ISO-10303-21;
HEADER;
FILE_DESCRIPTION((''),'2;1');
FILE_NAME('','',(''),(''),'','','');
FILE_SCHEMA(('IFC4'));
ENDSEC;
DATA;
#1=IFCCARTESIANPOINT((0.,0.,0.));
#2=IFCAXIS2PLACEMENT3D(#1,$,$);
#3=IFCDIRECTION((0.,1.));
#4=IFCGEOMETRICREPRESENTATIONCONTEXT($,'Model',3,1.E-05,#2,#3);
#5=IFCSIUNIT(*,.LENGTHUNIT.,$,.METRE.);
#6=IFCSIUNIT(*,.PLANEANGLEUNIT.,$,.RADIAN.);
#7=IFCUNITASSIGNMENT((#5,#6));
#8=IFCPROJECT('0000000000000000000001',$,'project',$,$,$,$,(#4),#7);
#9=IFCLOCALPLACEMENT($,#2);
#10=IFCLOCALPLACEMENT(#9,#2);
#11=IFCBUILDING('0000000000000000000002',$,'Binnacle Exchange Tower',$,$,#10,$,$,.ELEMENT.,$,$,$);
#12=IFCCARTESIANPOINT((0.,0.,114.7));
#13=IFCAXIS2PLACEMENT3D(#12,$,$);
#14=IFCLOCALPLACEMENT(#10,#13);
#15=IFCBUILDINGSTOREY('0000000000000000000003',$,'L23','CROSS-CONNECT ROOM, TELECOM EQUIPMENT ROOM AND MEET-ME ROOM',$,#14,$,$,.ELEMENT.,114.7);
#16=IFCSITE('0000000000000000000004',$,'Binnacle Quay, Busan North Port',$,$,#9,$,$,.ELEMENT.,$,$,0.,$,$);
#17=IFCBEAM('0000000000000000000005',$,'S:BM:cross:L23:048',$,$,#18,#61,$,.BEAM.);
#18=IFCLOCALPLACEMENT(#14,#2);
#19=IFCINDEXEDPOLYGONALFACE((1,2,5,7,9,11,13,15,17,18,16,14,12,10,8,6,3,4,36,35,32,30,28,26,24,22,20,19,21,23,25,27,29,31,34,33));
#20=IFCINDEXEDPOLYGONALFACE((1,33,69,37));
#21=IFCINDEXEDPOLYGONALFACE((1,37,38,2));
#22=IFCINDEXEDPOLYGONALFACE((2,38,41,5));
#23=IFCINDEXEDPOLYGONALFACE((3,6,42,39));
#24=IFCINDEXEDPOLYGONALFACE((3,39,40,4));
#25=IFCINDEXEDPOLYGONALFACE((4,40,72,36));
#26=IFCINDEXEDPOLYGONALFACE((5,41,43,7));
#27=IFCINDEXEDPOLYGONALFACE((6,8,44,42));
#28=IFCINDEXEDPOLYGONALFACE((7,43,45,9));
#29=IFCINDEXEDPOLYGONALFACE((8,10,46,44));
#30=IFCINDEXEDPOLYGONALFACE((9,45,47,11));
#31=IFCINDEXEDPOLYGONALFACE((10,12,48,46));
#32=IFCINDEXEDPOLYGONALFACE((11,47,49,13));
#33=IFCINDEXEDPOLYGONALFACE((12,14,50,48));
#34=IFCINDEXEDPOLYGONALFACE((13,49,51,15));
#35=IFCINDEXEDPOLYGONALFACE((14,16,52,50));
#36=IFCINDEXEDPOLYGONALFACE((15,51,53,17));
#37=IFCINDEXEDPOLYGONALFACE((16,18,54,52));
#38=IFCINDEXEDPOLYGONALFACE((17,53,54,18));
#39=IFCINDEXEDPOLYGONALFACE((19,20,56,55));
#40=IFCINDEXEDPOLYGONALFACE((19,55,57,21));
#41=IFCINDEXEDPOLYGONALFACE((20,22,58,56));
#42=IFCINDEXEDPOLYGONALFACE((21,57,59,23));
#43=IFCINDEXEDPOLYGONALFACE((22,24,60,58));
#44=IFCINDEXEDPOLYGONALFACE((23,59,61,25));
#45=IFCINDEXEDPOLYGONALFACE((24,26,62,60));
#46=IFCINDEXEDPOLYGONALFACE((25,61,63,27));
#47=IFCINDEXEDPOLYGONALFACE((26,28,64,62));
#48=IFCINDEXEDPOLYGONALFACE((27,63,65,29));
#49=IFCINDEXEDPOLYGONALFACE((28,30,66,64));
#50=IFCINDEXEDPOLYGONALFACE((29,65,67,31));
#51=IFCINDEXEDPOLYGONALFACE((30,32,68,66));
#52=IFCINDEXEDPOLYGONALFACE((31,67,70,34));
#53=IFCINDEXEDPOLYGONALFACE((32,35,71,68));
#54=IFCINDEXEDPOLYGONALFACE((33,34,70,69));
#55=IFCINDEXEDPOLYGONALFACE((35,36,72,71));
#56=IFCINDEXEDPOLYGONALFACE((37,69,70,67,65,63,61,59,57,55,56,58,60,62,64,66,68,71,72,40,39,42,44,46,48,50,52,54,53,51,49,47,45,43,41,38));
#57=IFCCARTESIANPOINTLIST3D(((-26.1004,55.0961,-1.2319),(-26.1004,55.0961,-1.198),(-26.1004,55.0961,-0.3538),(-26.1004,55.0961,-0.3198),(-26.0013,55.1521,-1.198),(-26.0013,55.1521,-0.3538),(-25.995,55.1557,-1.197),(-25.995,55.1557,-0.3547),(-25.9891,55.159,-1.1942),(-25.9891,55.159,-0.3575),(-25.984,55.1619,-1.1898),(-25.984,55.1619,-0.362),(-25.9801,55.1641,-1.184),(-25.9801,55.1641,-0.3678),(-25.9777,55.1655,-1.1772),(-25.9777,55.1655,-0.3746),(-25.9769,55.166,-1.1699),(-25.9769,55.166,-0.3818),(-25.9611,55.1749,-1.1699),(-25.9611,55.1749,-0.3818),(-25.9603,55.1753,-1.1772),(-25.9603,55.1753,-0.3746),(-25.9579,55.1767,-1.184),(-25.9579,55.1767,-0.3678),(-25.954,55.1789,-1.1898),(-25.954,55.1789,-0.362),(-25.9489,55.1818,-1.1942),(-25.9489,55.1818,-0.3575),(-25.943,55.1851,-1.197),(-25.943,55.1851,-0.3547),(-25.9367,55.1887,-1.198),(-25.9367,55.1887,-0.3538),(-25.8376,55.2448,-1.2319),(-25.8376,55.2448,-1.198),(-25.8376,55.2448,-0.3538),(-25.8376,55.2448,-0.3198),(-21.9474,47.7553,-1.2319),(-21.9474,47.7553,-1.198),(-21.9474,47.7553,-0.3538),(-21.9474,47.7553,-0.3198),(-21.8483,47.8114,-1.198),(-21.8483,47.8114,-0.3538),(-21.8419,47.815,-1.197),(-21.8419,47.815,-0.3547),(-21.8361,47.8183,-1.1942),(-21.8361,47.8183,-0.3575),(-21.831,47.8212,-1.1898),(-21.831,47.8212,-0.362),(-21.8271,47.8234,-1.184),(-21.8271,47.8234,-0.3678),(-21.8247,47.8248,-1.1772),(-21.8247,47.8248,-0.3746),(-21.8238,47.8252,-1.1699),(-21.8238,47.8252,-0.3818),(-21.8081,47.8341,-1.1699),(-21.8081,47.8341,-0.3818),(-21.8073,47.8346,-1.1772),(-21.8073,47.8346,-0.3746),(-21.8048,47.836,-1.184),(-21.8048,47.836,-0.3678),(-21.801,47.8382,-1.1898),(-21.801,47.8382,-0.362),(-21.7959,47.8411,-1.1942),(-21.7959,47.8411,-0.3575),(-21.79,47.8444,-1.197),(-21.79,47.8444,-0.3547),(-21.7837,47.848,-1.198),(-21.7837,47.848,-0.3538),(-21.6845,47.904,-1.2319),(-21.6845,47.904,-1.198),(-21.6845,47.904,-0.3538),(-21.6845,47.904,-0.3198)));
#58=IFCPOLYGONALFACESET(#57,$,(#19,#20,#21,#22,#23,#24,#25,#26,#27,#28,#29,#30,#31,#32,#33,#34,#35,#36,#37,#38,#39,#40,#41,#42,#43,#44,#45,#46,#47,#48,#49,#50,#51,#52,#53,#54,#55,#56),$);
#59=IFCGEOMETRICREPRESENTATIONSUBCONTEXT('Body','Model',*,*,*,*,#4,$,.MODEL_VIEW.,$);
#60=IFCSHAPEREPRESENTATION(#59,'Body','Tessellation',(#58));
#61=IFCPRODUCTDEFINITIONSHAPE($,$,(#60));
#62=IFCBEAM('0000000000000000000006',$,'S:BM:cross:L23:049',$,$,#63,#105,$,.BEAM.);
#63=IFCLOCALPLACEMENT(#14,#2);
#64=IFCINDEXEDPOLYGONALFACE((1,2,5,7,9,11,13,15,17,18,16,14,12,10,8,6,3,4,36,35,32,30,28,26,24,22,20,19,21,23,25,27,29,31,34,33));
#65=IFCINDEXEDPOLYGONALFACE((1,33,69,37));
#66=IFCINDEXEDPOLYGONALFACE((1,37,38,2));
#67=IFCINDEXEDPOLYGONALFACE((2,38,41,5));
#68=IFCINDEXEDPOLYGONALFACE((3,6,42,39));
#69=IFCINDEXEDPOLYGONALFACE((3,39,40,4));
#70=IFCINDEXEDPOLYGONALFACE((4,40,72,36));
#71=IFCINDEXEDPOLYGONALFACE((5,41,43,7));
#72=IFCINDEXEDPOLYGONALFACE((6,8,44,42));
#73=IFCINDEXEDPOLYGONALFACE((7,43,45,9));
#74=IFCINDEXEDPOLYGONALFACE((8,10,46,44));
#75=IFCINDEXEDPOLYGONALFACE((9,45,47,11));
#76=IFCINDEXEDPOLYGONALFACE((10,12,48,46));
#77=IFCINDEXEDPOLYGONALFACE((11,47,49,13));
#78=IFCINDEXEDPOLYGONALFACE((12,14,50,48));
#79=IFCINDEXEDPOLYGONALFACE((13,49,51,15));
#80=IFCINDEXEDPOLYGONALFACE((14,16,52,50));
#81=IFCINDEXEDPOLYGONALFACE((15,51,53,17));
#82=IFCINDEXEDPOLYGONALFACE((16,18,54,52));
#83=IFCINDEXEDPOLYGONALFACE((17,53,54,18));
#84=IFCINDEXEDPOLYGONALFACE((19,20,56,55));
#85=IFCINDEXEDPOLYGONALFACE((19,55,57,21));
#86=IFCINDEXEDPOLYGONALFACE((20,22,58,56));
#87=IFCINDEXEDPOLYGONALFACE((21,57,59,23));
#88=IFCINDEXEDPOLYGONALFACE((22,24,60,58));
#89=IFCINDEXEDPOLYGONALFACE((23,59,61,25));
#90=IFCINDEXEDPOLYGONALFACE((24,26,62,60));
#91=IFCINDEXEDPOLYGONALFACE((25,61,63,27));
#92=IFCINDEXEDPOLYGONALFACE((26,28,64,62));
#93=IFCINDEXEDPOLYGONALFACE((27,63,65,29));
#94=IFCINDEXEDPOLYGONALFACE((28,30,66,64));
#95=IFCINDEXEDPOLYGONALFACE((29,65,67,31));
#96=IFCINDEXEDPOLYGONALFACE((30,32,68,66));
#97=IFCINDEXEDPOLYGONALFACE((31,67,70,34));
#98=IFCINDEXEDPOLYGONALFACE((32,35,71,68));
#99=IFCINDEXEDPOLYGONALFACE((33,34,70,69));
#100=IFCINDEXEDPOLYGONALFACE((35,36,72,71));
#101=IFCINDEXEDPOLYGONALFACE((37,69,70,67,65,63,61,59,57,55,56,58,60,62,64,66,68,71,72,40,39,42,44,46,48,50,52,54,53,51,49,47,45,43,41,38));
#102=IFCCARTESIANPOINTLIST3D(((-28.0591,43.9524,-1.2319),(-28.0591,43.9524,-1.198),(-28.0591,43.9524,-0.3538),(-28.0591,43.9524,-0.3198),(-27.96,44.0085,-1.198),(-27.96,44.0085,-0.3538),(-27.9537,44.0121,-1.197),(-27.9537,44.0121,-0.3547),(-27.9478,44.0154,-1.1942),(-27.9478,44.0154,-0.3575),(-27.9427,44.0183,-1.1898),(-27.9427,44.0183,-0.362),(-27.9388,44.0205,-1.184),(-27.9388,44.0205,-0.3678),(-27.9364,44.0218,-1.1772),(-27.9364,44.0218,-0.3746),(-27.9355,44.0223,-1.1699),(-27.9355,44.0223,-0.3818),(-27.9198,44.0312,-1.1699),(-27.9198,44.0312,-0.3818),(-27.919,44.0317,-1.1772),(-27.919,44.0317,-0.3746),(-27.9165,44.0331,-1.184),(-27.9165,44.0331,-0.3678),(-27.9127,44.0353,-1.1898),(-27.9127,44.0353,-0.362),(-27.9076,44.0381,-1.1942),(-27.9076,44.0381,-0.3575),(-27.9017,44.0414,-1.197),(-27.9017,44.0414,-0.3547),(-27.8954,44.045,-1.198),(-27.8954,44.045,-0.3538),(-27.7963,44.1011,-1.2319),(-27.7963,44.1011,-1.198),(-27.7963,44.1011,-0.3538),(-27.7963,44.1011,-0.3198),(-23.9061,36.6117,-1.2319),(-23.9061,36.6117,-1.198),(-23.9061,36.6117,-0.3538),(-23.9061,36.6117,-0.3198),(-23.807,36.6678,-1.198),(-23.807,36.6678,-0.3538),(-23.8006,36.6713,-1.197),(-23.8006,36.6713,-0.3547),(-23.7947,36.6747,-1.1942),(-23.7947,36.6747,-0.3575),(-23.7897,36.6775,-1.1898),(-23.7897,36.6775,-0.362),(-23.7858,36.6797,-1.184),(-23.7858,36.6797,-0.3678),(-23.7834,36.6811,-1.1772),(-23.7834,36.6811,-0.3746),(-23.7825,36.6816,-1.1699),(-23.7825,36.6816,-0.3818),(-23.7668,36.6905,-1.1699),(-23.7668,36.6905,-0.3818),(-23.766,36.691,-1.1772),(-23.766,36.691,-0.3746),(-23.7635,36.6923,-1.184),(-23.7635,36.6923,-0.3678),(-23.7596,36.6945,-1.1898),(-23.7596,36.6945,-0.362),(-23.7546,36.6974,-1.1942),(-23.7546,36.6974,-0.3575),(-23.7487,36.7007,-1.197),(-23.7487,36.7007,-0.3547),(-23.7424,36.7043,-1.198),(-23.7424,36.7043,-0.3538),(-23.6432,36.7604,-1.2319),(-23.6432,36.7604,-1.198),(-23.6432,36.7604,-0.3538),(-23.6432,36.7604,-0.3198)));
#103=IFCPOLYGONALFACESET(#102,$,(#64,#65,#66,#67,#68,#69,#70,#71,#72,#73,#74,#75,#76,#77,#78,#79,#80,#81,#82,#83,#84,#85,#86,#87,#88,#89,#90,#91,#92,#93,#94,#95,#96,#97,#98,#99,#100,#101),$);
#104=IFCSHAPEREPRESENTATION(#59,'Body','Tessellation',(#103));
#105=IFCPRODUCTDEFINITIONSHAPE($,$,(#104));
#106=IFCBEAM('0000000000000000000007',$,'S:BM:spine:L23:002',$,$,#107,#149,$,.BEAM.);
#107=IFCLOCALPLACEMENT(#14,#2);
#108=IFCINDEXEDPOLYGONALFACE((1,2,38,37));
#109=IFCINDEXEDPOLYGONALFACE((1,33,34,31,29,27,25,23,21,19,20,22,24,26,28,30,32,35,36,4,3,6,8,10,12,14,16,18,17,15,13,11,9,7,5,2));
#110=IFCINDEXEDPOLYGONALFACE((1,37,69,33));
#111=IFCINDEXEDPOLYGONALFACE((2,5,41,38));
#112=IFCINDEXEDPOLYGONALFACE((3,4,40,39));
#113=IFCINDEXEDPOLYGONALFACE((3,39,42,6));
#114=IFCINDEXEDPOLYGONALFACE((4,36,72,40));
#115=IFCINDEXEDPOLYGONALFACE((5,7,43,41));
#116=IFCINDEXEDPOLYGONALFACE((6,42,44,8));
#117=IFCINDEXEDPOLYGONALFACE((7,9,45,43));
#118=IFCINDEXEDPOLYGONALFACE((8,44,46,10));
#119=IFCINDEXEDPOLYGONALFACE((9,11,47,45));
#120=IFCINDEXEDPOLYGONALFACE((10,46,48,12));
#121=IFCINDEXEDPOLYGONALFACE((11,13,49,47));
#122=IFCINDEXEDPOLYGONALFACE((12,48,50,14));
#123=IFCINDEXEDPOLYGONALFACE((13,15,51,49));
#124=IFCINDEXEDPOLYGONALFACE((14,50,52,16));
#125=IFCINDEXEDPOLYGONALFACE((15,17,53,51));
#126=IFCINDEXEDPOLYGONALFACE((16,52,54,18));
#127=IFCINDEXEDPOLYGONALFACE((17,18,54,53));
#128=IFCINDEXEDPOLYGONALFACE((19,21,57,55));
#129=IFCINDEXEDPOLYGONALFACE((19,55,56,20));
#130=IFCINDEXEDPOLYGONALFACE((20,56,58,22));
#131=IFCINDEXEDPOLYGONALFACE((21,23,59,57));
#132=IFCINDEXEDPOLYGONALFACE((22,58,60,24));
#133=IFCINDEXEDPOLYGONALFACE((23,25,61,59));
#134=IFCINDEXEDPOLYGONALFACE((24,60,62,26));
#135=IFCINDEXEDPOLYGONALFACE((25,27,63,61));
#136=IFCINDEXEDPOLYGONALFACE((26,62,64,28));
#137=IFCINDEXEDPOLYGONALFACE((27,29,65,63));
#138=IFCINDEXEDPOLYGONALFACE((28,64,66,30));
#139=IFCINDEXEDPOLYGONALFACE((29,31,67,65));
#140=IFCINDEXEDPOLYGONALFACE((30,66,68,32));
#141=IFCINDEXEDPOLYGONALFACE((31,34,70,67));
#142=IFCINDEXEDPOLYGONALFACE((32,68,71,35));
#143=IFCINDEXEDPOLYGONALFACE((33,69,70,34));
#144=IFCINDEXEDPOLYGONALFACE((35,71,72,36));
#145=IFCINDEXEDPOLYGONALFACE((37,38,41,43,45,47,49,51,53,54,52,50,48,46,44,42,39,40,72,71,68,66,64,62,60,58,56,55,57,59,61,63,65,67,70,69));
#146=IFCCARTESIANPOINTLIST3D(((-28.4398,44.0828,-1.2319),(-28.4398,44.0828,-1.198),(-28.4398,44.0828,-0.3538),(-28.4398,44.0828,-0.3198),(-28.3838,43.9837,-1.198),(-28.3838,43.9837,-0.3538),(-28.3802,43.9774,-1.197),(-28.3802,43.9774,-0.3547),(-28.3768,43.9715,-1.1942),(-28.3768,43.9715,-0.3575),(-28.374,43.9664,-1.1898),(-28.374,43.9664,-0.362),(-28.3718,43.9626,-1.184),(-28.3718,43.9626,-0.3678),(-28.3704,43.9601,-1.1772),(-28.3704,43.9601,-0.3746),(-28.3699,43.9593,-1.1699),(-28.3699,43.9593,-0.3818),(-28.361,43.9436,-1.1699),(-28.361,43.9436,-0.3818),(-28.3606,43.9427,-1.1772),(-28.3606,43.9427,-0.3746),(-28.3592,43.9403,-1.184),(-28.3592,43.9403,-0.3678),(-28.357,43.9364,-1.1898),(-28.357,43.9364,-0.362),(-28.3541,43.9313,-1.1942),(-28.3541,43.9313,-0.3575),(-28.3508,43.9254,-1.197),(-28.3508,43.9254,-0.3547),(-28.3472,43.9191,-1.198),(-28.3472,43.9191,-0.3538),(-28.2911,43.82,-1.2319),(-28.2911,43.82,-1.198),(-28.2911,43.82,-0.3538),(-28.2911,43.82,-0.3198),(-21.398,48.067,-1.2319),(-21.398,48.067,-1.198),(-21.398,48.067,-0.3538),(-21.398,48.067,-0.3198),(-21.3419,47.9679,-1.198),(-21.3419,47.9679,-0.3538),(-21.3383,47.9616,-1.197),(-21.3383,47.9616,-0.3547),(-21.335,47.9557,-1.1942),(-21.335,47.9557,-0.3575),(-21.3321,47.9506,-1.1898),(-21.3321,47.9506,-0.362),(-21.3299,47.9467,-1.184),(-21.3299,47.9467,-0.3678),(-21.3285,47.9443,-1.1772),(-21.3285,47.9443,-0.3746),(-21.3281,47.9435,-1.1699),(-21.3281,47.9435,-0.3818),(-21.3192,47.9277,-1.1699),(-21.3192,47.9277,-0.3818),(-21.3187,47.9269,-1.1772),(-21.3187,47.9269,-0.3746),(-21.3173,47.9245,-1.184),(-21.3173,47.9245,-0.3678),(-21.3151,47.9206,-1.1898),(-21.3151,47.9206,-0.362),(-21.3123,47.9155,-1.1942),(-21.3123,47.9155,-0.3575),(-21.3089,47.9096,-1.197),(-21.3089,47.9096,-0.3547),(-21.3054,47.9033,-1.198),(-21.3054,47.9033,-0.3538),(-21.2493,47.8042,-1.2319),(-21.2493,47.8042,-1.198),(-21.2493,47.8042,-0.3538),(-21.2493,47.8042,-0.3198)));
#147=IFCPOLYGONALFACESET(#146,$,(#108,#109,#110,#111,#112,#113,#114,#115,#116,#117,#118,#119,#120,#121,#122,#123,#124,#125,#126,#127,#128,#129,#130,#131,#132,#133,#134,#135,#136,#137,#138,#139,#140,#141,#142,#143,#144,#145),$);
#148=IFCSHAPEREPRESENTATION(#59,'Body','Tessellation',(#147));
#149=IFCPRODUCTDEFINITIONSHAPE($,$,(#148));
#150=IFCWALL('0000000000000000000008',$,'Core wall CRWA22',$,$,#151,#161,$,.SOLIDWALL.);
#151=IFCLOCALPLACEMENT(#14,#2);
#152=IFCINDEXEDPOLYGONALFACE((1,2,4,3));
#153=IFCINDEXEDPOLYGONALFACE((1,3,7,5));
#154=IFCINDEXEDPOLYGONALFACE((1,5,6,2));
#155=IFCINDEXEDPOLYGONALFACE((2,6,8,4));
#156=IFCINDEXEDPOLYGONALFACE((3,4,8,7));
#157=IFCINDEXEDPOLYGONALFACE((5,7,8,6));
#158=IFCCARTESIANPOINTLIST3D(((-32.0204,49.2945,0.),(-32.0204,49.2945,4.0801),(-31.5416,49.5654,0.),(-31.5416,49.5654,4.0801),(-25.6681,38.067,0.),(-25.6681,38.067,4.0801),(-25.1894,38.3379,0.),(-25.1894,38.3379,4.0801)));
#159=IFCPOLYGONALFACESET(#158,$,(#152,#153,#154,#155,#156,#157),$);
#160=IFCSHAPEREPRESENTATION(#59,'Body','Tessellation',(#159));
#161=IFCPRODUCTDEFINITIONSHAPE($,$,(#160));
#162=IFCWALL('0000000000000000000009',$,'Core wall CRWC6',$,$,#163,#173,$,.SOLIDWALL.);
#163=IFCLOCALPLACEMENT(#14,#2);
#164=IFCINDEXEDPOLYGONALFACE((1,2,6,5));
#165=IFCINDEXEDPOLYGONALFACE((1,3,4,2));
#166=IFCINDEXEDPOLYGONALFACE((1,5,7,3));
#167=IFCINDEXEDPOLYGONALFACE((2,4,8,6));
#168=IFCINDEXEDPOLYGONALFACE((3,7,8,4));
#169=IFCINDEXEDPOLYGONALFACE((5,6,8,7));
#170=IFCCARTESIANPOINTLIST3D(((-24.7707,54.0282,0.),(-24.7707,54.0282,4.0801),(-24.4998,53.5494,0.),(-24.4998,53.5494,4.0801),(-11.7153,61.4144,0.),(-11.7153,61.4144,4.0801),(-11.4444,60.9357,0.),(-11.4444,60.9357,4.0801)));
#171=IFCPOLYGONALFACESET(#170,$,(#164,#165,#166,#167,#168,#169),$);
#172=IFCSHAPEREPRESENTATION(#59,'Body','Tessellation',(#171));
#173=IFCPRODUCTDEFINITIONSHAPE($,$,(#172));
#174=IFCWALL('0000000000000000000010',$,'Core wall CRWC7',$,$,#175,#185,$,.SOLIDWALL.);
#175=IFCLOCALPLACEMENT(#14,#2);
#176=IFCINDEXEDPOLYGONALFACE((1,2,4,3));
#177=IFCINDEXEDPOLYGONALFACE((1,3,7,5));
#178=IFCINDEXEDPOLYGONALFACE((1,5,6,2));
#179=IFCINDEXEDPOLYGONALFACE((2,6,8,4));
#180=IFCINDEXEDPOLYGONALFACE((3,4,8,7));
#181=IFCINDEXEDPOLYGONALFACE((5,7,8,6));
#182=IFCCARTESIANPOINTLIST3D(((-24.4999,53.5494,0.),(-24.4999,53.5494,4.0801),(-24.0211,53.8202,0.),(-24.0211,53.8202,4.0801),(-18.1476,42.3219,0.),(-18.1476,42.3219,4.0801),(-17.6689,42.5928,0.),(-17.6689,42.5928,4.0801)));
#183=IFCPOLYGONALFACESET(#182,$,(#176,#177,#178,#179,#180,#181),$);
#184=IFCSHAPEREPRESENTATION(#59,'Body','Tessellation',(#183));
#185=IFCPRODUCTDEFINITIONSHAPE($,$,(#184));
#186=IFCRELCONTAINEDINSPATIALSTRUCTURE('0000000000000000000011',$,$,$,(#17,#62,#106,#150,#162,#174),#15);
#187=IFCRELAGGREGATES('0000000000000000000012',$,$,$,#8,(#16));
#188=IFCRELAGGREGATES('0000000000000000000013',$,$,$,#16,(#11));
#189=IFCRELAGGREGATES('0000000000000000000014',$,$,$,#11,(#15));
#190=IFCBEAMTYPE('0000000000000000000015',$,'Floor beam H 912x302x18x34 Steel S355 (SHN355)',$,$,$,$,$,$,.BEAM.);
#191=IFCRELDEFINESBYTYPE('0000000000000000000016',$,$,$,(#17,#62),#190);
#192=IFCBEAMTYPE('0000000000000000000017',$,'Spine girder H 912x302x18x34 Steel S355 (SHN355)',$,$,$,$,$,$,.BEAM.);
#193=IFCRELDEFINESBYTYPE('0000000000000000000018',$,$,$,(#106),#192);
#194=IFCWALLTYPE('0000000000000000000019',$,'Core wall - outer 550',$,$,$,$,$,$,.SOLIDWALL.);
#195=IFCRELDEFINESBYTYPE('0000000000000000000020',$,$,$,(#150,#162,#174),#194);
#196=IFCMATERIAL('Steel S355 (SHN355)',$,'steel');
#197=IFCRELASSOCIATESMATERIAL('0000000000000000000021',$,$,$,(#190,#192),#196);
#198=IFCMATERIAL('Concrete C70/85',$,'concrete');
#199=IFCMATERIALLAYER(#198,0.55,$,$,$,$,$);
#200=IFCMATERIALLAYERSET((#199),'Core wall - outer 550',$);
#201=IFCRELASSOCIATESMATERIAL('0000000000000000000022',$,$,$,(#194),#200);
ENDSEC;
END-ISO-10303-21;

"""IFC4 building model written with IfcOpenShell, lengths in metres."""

from ifc_helpers import new_model, si_unit, direction, frame, frame_2d, origin, origin_2d, place, context, subcontext, project, spatial, rectangle, i_section, extrude, material, layer, layer_set, material_profile, profile_set, type_object, element, save


model = new_model("IFC4")

# Units and contexts
model_context = context("Model", 3, precision=1e-05, world=origin(), true_north=direction((0.0, 1.0)))
body_context = subcontext(model_context, "Body", "Model", "MODEL_VIEW")
ifc_project = project(units=[si_unit("LENGTHUNIT", "METRE"), si_unit("PLANEANGLEUNIT", "RADIAN")], contexts=[model_context])

# Site, building, storey
site_placement = place(None, origin())
site = spatial("IfcSite", under=ifc_project, at=site_placement, Name="Binnacle Quay, Busan North Port", CompositionType="ELEMENT", RefElevation=0.0)
building_placement = place(site_placement, origin())
building = spatial("IfcBuilding", under=site, at=building_placement, Name="Binnacle Exchange Tower", CompositionType="ELEMENT")
storey_placement = place(building_placement, frame((0.0, 0.0, 114.7)))
storey = spatial("IfcBuildingStorey", under=building, at=storey_placement, Name="L23", Description="CROSS-CONNECT ROOM, TELECOM EQUIPMENT ROOM AND MEET-ME ROOM", CompositionType="ELEMENT", Elevation=114.7)

# Shared definitions
ifc_material_1 = material(Name="Concrete C70/85", Category="concrete")

# Beams
ifc_material_2 = material(Name="Steel S355 (SHN355)", Category="steel")
ifc_material_profile_1 = material_profile(ifc_material_2, i_section(OverallWidth=0.302, OverallDepth=0.9121, WebThickness=0.0181, FlangeThickness=0.0339, FilletRadius=0.0281, at=origin_2d()), Name="H 912x302x18x34")
ifc_profile_set_1 = profile_set([ifc_material_profile_1], Name="Steel S355 (SHN355)")
beam_type_1 = type_object("IfcBeamType", Name="Floor beam H 912x302x18x34 Steel S355 (SHN355)", PredefinedType="BEAM", material=ifc_profile_set_1)
for number, where, z_axis, x_axis, name in (
    (1, (-25.969, 55.1704, -0.7759), (0.492409, -0.870364, 0.0), (0.870364, 0.492409, 0.0), "S:BM:cross:L23:048"),
    (2, (-23.7747, 36.686, -0.7759), (-0.492409, 0.870364, 0.0), (-0.870364, -0.492409, 0.0), "S:BM:cross:L23:049"),
):
    element("IfcBeam", number, at=place(storey_placement, frame(where, z_axis=z_axis, x_axis=x_axis)), inside=storey, type_object=beam_type_1, Name=name, PredefinedType="BEAM", context=body_context, shape_type="SweptSolid", body=[
        extrude(i_section(OverallWidth=0.302, OverallDepth=0.9121, WebThickness=0.0181, FlangeThickness=0.0339, FilletRadius=0.0281, at=origin_2d()), origin(), (0.0, 0.0, 1.0), 8.4341),
    ])
ifc_material_profile_2 = material_profile(ifc_material_2, i_section(OverallWidth=0.302, OverallDepth=0.9121, WebThickness=0.0181, FlangeThickness=0.0339, FilletRadius=0.0281, at=origin_2d()), Name="H 912x302x18x34")
ifc_profile_set_2 = profile_set([ifc_material_profile_2], Name="Steel S355 (SHN355)")
beam_type_2 = type_object("IfcBeamType", Name="Spine girder H 912x302x18x34 Steel S355 (SHN355)", PredefinedType="BEAM", material=ifc_profile_set_2)
beam_1_placement = place(storey_placement, frame((-28.3655, 43.9514, -0.7759), z_axis=(0.87035, 0.492433, 0.0), x_axis=(-0.492433, 0.87035, 0.0)))
element("IfcBeam", 3, at=beam_1_placement, inside=storey, type_object=beam_type_2, Name="S:BM:spine:L23:002", PredefinedType="BEAM", context=body_context, shape_type="SweptSolid", body=[
    extrude(i_section(OverallWidth=0.302, OverallDepth=0.9121, WebThickness=0.0181, FlangeThickness=0.0339, FilletRadius=0.0281, at=origin_2d()), origin(), (0.0, 0.0, 1.0), 8.0908),
])

# Walls
ifc_layer_1 = layer(ifc_material_1, 0.55)
ifc_layer_set_1 = layer_set([ifc_layer_1], Name="Core wall - outer 550")
wall_type_1 = type_object("IfcWallType", Name="Core wall - outer 550", PredefinedType="SOLIDWALL", material=ifc_layer_set_1)
wall_1_placement = place(storey_placement, frame((-31.781, 49.4299, 0.0), z_axis=(0.0, 0.0, 1.0), x_axis=(0.492427, -0.870354, 0.0)))
element("IfcWall", 4, at=wall_1_placement, inside=storey, type_object=wall_type_1, Name="Core wall CRWA22", PredefinedType="SOLIDWALL", context=body_context, shape_type="SweptSolid", body=[
    extrude(rectangle(XDim=12.8999, YDim=0.55, at=frame_2d((6.45, 0.0))), origin(), (0.0, 0.0, 1.0), 4.0801),
])
wall_2_placement = place(storey_placement, frame((-24.6353, 53.7888, 0.0), z_axis=(0.0, 0.0, 1.0), x_axis=(0.870361, 0.492415, 0.0)))
element("IfcWall", 5, at=wall_2_placement, inside=storey, type_object=wall_type_1, Name="Core wall CRWC6", PredefinedType="SOLIDWALL", context=body_context, shape_type="SweptSolid", body=[
    extrude(rectangle(XDim=15.0, YDim=0.55, at=frame_2d((7.5, 0.0))), origin(), (0.0, 0.0, 1.0), 4.0801),
])
wall_3_placement = place(storey_placement, frame((-24.2605, 53.6848, 0.0), z_axis=(0.0, 0.0, 1.0), x_axis=(0.492427, -0.870354, 0.0)))
element("IfcWall", 6, at=wall_3_placement, inside=storey, type_object=wall_type_1, Name="Core wall CRWC7", PredefinedType="SOLIDWALL", context=body_context, shape_type="SweptSolid", body=[
    extrude(rectangle(XDim=12.8999, YDim=0.55, at=frame_2d((6.45, 0.0))), origin(), (0.0, 0.0, 1.0), 4.0801),
])

save(model, "model.ifc")
